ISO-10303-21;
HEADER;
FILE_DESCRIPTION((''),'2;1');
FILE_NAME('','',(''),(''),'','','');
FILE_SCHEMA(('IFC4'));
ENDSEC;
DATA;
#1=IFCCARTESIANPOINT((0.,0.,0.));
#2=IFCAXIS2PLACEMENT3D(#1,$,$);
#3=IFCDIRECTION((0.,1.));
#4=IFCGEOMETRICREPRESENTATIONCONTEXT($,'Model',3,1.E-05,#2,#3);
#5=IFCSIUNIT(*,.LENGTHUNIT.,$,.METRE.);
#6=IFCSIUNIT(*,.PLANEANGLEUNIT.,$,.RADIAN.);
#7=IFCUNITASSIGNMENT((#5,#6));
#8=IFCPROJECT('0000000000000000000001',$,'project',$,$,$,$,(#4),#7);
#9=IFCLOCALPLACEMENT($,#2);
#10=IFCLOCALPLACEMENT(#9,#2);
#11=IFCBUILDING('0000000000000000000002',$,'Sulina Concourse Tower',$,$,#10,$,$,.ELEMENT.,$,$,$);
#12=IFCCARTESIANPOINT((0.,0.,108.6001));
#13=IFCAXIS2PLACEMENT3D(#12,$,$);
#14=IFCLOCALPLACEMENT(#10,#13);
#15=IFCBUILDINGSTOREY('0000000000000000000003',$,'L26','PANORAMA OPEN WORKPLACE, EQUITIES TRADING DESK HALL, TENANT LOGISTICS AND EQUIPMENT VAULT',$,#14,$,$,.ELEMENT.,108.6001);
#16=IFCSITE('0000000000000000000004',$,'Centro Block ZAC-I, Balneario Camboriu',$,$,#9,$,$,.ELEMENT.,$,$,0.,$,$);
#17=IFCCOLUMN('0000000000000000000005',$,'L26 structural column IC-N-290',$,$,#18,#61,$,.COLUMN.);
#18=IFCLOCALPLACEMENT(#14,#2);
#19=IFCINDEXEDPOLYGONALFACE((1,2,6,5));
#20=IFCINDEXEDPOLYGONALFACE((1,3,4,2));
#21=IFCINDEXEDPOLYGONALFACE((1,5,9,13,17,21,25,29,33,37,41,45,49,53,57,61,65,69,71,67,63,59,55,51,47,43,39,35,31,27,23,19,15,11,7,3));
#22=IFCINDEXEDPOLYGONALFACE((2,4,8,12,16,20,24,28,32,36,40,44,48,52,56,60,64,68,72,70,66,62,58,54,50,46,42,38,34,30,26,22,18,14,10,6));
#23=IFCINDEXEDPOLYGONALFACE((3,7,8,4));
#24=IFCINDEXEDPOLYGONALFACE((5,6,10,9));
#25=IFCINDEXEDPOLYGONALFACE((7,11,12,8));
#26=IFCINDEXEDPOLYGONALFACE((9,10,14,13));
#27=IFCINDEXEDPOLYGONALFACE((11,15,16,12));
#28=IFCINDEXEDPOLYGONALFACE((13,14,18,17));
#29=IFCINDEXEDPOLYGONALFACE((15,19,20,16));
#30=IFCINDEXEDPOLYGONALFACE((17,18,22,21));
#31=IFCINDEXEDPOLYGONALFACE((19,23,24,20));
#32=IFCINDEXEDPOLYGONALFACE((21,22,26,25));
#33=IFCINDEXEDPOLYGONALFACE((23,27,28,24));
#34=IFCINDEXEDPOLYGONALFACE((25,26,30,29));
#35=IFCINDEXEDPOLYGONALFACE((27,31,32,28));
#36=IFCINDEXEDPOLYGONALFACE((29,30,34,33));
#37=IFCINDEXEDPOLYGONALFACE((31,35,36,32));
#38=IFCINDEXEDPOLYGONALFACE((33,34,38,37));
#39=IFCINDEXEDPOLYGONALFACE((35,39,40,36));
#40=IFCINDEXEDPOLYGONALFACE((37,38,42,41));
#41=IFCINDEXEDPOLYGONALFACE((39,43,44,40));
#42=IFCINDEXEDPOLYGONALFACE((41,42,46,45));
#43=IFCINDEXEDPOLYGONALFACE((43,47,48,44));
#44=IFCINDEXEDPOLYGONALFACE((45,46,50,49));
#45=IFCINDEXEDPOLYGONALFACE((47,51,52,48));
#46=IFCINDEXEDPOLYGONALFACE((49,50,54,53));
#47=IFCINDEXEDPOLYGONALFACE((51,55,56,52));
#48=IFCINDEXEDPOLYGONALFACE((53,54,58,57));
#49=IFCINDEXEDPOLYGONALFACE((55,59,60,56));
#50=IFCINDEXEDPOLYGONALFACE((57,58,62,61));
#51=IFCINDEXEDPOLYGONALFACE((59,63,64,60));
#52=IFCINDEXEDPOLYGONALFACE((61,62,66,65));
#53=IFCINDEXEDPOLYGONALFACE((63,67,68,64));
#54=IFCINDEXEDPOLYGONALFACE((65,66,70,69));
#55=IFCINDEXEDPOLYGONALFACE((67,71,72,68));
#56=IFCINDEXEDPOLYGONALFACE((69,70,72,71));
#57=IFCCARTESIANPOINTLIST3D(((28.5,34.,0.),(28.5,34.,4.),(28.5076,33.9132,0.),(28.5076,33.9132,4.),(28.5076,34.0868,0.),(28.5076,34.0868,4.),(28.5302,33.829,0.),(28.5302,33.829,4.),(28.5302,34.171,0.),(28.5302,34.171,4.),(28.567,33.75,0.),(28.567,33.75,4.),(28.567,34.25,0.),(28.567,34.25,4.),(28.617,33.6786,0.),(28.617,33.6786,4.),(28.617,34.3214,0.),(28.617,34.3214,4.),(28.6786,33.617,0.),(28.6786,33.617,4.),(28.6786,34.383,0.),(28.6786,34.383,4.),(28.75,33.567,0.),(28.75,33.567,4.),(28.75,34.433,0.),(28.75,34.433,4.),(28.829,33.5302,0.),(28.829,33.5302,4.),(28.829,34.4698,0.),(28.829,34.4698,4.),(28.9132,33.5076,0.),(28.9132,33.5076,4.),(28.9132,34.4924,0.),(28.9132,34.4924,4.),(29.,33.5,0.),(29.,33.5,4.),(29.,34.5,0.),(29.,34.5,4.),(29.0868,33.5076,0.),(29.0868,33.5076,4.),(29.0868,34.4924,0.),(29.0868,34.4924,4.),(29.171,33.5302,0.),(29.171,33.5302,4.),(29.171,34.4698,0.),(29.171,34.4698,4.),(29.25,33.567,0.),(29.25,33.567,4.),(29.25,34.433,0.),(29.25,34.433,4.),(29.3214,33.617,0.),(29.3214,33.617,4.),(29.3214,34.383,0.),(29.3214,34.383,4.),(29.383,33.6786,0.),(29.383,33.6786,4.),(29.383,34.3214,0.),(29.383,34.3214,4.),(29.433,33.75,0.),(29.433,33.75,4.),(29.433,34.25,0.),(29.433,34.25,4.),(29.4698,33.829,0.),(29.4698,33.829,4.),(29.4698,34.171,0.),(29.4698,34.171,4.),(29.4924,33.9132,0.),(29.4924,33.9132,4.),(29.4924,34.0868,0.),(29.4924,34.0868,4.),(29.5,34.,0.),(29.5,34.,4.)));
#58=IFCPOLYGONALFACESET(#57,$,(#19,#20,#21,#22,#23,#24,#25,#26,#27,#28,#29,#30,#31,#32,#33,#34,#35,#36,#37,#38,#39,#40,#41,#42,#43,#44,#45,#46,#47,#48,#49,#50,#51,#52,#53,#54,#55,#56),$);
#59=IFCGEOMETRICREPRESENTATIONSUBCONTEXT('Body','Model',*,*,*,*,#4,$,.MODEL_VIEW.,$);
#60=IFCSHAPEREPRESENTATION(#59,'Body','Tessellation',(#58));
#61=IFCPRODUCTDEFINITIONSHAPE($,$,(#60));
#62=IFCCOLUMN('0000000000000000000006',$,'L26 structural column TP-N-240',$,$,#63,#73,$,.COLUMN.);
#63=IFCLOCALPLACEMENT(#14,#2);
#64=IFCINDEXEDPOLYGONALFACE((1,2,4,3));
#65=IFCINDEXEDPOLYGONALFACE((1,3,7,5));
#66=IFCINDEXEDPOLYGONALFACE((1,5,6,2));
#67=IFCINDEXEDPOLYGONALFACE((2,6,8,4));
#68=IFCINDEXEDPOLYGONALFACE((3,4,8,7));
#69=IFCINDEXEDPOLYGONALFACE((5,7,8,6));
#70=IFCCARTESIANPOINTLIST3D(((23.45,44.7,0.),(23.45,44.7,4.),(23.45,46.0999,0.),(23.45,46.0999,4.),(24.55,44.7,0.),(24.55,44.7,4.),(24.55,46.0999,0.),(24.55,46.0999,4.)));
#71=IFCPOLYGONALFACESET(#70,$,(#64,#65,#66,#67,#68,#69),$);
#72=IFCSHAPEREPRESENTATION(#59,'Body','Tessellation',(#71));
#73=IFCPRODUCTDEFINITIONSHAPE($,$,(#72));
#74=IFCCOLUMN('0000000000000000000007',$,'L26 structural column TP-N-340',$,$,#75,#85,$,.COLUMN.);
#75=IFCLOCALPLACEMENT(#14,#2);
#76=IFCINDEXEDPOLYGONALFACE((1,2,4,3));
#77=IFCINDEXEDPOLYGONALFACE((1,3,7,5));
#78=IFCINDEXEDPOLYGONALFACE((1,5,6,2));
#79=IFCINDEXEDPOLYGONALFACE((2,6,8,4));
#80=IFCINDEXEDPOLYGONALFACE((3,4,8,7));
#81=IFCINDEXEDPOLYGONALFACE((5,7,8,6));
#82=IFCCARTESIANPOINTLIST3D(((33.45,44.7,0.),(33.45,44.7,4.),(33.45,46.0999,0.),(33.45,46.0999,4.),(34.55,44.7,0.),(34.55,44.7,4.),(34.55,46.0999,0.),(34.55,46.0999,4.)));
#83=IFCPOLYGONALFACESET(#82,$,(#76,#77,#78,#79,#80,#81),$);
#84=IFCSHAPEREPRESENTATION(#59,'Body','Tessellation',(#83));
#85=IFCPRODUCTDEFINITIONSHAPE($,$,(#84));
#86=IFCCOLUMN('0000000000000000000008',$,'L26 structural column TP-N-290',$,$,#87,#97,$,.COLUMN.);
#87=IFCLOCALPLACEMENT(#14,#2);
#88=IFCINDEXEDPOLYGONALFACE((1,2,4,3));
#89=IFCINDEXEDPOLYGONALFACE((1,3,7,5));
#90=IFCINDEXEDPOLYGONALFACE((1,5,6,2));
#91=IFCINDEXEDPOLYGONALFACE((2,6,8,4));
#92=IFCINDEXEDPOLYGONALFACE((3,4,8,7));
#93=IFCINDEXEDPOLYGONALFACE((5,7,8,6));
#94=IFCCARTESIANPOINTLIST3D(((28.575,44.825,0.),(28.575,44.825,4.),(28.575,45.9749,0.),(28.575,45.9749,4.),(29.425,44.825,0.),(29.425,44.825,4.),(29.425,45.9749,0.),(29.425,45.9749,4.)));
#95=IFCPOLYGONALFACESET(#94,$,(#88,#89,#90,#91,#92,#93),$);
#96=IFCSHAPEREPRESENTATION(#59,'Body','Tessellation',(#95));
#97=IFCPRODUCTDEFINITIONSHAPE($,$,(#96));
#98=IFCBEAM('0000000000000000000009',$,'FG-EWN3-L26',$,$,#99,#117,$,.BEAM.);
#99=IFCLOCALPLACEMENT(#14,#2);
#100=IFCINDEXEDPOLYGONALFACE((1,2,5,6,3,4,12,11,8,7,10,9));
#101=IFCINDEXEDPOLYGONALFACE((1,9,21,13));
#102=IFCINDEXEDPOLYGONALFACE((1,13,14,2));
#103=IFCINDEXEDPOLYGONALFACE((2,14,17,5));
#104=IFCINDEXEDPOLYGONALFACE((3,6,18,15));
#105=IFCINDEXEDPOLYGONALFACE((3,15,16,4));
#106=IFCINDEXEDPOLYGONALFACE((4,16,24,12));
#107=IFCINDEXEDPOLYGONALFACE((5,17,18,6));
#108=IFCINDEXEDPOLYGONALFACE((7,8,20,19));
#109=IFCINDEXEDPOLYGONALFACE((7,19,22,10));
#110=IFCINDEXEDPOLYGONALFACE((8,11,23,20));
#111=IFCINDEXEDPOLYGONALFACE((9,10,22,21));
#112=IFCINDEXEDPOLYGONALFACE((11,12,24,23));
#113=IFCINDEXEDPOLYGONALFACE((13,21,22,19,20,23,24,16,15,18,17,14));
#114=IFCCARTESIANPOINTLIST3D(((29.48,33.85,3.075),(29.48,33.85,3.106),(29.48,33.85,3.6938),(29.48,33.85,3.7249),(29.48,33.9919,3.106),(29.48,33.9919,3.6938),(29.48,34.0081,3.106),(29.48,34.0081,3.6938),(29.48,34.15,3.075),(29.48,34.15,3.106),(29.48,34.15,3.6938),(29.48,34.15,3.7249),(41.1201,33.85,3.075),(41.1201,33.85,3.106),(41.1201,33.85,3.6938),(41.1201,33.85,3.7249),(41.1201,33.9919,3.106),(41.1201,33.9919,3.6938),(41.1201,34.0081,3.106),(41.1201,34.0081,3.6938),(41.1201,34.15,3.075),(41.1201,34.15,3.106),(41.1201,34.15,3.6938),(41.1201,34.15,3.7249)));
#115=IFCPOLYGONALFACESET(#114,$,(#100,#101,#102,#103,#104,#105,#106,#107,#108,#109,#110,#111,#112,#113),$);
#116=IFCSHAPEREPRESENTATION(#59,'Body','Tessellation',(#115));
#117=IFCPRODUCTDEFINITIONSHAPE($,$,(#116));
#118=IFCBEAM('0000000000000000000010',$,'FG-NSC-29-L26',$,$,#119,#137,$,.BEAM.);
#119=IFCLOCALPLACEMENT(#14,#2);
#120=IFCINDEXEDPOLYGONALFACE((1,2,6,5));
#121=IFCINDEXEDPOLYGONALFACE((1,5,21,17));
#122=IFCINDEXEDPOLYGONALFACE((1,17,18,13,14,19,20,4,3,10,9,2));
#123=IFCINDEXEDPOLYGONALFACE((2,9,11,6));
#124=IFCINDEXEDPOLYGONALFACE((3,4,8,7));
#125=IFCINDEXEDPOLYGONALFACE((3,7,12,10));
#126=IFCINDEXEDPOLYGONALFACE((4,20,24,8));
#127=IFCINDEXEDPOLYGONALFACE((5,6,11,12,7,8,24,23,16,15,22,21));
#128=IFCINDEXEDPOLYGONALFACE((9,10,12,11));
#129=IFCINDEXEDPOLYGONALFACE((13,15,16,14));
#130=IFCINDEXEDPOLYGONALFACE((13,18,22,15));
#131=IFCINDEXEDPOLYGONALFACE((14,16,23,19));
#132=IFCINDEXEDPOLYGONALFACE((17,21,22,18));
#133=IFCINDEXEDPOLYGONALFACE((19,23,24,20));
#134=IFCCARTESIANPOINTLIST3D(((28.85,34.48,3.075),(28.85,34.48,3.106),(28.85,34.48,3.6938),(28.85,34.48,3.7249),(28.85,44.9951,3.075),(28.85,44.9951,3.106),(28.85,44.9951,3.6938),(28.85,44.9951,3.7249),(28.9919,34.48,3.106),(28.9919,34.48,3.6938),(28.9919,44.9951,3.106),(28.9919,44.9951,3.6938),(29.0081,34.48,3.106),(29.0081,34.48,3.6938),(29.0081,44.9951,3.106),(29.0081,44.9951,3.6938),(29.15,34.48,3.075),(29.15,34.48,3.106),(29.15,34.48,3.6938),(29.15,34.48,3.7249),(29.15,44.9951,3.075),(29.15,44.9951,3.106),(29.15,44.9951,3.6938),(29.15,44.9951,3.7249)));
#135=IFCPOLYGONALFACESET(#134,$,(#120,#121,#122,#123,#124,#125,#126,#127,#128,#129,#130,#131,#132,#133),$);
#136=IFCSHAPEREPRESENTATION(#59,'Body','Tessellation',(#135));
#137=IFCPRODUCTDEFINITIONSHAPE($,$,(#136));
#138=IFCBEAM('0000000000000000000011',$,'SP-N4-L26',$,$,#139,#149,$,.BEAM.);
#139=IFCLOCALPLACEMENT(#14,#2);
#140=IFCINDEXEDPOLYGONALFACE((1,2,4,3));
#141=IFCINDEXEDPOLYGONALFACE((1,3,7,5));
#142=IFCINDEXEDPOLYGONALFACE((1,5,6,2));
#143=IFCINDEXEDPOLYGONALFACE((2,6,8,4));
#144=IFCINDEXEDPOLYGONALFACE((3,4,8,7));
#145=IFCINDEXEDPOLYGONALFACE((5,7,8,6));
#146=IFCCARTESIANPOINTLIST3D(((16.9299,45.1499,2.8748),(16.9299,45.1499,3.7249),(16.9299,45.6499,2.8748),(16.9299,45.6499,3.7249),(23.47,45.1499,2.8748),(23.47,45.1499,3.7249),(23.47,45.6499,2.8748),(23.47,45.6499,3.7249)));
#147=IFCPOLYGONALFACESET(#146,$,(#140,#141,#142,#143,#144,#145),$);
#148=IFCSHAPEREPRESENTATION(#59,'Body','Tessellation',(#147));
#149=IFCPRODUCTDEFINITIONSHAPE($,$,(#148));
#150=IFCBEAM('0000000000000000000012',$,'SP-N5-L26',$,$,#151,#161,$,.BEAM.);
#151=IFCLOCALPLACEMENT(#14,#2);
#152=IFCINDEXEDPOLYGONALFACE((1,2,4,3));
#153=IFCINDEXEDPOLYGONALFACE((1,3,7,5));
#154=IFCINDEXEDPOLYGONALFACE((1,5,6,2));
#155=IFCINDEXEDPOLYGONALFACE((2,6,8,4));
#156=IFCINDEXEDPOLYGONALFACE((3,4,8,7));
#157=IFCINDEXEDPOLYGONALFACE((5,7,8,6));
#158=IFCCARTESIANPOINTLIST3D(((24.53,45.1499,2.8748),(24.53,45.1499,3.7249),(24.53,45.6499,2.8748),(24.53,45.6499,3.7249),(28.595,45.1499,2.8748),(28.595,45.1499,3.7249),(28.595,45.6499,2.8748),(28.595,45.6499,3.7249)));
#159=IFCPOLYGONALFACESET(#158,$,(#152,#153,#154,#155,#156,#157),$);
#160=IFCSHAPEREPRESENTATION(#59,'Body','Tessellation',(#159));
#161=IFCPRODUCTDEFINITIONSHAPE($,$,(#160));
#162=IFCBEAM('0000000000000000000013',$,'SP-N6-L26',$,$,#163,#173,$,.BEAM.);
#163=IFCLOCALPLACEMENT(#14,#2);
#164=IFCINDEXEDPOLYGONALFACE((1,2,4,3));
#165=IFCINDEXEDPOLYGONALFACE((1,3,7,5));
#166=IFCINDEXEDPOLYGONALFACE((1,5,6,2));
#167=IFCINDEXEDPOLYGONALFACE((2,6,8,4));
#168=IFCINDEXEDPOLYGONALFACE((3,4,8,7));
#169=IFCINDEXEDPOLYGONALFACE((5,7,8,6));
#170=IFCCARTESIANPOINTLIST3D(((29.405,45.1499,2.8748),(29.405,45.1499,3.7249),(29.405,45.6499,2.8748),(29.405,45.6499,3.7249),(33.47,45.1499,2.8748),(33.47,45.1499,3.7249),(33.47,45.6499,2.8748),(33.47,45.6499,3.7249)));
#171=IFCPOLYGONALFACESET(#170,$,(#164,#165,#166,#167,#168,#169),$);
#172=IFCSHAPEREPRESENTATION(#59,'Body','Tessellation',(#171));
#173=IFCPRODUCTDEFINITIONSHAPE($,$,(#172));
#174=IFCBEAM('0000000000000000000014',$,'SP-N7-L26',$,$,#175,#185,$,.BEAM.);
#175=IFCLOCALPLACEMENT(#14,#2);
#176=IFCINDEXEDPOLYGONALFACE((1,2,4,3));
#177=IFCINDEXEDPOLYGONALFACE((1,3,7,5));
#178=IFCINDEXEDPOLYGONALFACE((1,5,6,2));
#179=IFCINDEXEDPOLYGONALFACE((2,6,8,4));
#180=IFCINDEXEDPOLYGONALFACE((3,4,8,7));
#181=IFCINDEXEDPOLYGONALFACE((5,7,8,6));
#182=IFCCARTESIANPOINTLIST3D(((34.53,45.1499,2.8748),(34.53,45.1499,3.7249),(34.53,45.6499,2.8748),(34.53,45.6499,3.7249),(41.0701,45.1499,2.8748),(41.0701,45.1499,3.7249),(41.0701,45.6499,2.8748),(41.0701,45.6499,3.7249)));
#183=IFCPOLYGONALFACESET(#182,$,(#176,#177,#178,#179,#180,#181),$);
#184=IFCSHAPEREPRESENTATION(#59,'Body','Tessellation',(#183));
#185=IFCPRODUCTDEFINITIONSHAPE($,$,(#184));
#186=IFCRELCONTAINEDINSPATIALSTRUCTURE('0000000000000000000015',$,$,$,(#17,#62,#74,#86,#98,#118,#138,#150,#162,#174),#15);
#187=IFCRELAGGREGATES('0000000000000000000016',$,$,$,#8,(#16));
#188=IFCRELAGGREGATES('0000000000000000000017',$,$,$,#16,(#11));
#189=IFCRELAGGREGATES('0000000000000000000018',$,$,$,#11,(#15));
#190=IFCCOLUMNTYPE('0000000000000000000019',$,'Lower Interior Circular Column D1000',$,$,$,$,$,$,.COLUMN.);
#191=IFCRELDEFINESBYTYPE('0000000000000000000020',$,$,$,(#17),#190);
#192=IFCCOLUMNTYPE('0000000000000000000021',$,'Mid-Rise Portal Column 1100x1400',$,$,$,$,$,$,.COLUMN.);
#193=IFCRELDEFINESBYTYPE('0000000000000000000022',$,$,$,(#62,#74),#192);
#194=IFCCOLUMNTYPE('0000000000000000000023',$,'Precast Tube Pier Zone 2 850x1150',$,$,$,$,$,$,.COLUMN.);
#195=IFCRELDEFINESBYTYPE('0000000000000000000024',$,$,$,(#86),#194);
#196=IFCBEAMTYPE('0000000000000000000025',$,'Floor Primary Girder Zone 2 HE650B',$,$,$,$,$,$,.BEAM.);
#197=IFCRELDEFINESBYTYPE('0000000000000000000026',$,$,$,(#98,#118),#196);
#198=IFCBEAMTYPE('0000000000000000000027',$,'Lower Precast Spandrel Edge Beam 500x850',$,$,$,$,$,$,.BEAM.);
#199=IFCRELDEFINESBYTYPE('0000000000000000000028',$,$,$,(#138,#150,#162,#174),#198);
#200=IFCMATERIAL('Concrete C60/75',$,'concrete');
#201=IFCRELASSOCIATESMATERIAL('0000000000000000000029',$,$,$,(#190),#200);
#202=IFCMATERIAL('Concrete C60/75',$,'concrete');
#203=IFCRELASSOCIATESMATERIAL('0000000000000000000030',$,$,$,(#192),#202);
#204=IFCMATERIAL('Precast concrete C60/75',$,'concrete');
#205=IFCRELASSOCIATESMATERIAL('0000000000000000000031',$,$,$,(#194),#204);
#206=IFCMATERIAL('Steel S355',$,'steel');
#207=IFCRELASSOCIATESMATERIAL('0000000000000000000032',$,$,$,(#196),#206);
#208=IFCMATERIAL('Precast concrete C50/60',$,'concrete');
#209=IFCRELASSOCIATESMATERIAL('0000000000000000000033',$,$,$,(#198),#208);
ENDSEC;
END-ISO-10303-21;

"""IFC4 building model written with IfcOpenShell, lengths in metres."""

from ifc_helpers import new_model, si_unit, direction, frame, origin, origin_2d, place, context, subcontext, project, spatial, rectangle, circle, i_section, extrude, material, material_profile, profile_set, type_object, element, save


model = new_model("IFC4")

# Units and contexts
model_context = context("Model", 3, precision=1e-05, world=origin(), true_north=direction((0.0, 1.0)))
body_context = subcontext(model_context, "Body", "Model", "MODEL_VIEW")
ifc_project = project(units=[si_unit("LENGTHUNIT", "METRE"), si_unit("PLANEANGLEUNIT", "RADIAN")], contexts=[model_context])

# Site, building, storey
site_placement = place(None, origin())
site = spatial("IfcSite", under=ifc_project, at=site_placement, Name="Centro Block ZAC-I, Balneario Camboriu", CompositionType="ELEMENT", RefElevation=0.0)
building_placement = place(site_placement, origin())
building = spatial("IfcBuilding", under=site, at=building_placement, Name="Sulina Concourse Tower", CompositionType="ELEMENT")
storey_placement = place(building_placement, frame((0.0, 0.0, 108.6001)))
storey = spatial("IfcBuildingStorey", under=building, at=storey_placement, Name="L26", Description="PANORAMA OPEN WORKPLACE, EQUITIES TRADING DESK HALL, TENANT LOGISTICS AND EQUIPMENT VAULT", CompositionType="ELEMENT", Elevation=108.6001)

# Columns
ifc_material_1 = material(Name="Concrete C60/75", Category="concrete")
ifc_material_profile_1 = material_profile(ifc_material_1, circle(Radius=0.5, at=origin_2d()), Name="RC D1000")
ifc_profile_set_1 = profile_set([ifc_material_profile_1], Name="Concrete C60/75")
column_type_1 = type_object("IfcColumnType", Name="Lower Interior Circular Column D1000", PredefinedType="COLUMN", material=ifc_profile_set_1)
column_1_placement = place(storey_placement, frame((29.0, 34.0, 0.0), z_axis=(0.0, 0.0, 1.0), x_axis=(1.0, 0.0, 0.0)))
element("IfcColumn", 1, at=column_1_placement, inside=storey, type_object=column_type_1, Name="L26 structural column IC-N-290", PredefinedType="COLUMN", context=body_context, shape_type="SweptSolid", body=[
    extrude(circle(Radius=0.5, at=origin_2d()), origin(), (0.0, 0.0, 1.0), 4.0),
])
ifc_material_2 = material(Name="Concrete C60/75", Category="concrete")
ifc_material_profile_2 = material_profile(ifc_material_2, rectangle(XDim=1.1001, YDim=1.3999, at=origin_2d()), Name="RC 1100x1400")
ifc_profile_set_2 = profile_set([ifc_material_profile_2], Name="Concrete C60/75")
column_type_2 = type_object("IfcColumnType", Name="Mid-Rise Portal Column 1100x1400", PredefinedType="COLUMN", material=ifc_profile_set_2)
for number, where, z_axis, x_axis, name in (
    (2, (24.0, 45.3999, 0.0), (0.0, 0.0, 1.0), (1.0, 0.0, 0.0), "L26 structural column TP-N-240"),
    (3, (34.0, 45.3999, 0.0), (0.0, 0.0, 1.0), (1.0, 0.0, 0.0), "L26 structural column TP-N-340"),
):
    element("IfcColumn", number, at=place(storey_placement, frame(where, z_axis=z_axis, x_axis=x_axis)), inside=storey, type_object=column_type_2, Name=name, PredefinedType="COLUMN", context=body_context, shape_type="SweptSolid", body=[
        extrude(rectangle(XDim=1.1001, YDim=1.3999, at=origin_2d()), origin(), (0.0, 0.0, 1.0), 4.0),
    ])
ifc_material_3 = material(Name="Precast concrete C60/75", Category="concrete")
ifc_material_profile_3 = material_profile(ifc_material_3, rectangle(XDim=0.8501, YDim=1.1499, at=origin_2d()), Name="PC 850x1150")
ifc_profile_set_3 = profile_set([ifc_material_profile_3], Name="Precast concrete C60/75")
column_type_3 = type_object("IfcColumnType", Name="Precast Tube Pier Zone 2 850x1150", PredefinedType="COLUMN", material=ifc_profile_set_3)
column_2_placement = place(storey_placement, frame((29.0, 45.3999, 0.0), z_axis=(0.0, 0.0, 1.0), x_axis=(1.0, 0.0, 0.0)))
element("IfcColumn", 4, at=column_2_placement, inside=storey, type_object=column_type_3, Name="L26 structural column TP-N-290", PredefinedType="COLUMN", context=body_context, shape_type="SweptSolid", body=[
    extrude(rectangle(XDim=0.8501, YDim=1.1499, at=origin_2d()), origin(), (0.0, 0.0, 1.0), 4.0),
])

# Beams
ifc_material_4 = material(Name="Steel S355", Category="steel")
ifc_material_profile_4 = material_profile(ifc_material_4, i_section(OverallWidth=0.3, OverallDepth=0.6499, WebThickness=0.0161, FlangeThickness=0.031, at=origin_2d()), Name="HE 650 B")
ifc_profile_set_4 = profile_set([ifc_material_profile_4], Name="Steel S355")
beam_type_1 = type_object("IfcBeamType", Name="Floor Primary Girder Zone 2 HE650B", PredefinedType="BEAM", material=ifc_profile_set_4)
beam_1_placement = place(storey_placement, frame((29.48, 34.0, 3.3999), z_axis=(1.0, 0.0, 0.0), x_axis=(0.0, 1.0, 0.0)))
element("IfcBeam", 5, at=beam_1_placement, inside=storey, type_object=beam_type_1, Name="FG-EWN3-L26", PredefinedType="BEAM", context=body_context, shape_type="SweptSolid", body=[
    extrude(i_section(OverallWidth=0.3, OverallDepth=0.6499, WebThickness=0.0161, FlangeThickness=0.031, at=origin_2d()), origin(), (0.0, 0.0, 1.0), 11.6401),
])
beam_2_placement = place(storey_placement, frame((29.0, 34.48, 3.3999), z_axis=(0.0, 1.0, 0.0), x_axis=(-1.0, 0.0, 0.0)))
element("IfcBeam", 6, at=beam_2_placement, inside=storey, type_object=beam_type_1, Name="FG-NSC-29-L26", PredefinedType="BEAM", context=body_context, shape_type="SweptSolid", body=[
    extrude(i_section(OverallWidth=0.3, OverallDepth=0.6499, WebThickness=0.0161, FlangeThickness=0.031, at=origin_2d()), origin(), (0.0, 0.0, 1.0), 10.5151),
])
ifc_material_5 = material(Name="Precast concrete C50/60", Category="concrete")
ifc_material_profile_5 = material_profile(ifc_material_5, rectangle(XDim=0.5, YDim=0.8501, at=origin_2d()), Name="RC 500x850")
ifc_profile_set_5 = profile_set([ifc_material_profile_5], Name="Precast concrete C50/60")
beam_type_2 = type_object("IfcBeamType", Name="Lower Precast Spandrel Edge Beam 500x850", PredefinedType="BEAM", material=ifc_profile_set_5)
beam_3_placement = place(storey_placement, frame((16.9299, 45.3999, 3.2998), z_axis=(1.0, 0.0, 0.0), x_axis=(0.0, 1.0, 0.0)))
element("IfcBeam", 7, at=beam_3_placement, inside=storey, type_object=beam_type_2, Name="SP-N4-L26", PredefinedType="BEAM", context=body_context, shape_type="SweptSolid", body=[
    extrude(rectangle(XDim=0.5, YDim=0.8501, at=origin_2d()), origin(), (0.0, 0.0, 1.0), 6.54),
])
for number, where, z_axis, x_axis, name in (
    (8, (24.53, 45.3999, 3.2998), (1.0, 0.0, 0.0), (0.0, 1.0, 0.0), "SP-N5-L26"),
    (9, (29.405, 45.3999, 3.2998), (1.0, 0.0, 0.0), (0.0, 1.0, 0.0), "SP-N6-L26"),
):
    element("IfcBeam", number, at=place(storey_placement, frame(where, z_axis=z_axis, x_axis=x_axis)), inside=storey, type_object=beam_type_2, Name=name, PredefinedType="BEAM", context=body_context, shape_type="SweptSolid", body=[
        extrude(rectangle(XDim=0.5, YDim=0.8501, at=origin_2d()), origin(), (0.0, 0.0, 1.0), 4.0649),
    ])
beam_4_placement = place(storey_placement, frame((34.53, 45.3999, 3.2998), z_axis=(1.0, 0.0, 0.0), x_axis=(0.0, 1.0, 0.0)))
element("IfcBeam", 10, at=beam_4_placement, inside=storey, type_object=beam_type_2, Name="SP-N7-L26", PredefinedType="BEAM", context=body_context, shape_type="SweptSolid", body=[
    extrude(rectangle(XDim=0.5, YDim=0.8501, at=origin_2d()), origin(), (0.0, 0.0, 1.0), 6.54),
])

save(model, "model.ifc")
